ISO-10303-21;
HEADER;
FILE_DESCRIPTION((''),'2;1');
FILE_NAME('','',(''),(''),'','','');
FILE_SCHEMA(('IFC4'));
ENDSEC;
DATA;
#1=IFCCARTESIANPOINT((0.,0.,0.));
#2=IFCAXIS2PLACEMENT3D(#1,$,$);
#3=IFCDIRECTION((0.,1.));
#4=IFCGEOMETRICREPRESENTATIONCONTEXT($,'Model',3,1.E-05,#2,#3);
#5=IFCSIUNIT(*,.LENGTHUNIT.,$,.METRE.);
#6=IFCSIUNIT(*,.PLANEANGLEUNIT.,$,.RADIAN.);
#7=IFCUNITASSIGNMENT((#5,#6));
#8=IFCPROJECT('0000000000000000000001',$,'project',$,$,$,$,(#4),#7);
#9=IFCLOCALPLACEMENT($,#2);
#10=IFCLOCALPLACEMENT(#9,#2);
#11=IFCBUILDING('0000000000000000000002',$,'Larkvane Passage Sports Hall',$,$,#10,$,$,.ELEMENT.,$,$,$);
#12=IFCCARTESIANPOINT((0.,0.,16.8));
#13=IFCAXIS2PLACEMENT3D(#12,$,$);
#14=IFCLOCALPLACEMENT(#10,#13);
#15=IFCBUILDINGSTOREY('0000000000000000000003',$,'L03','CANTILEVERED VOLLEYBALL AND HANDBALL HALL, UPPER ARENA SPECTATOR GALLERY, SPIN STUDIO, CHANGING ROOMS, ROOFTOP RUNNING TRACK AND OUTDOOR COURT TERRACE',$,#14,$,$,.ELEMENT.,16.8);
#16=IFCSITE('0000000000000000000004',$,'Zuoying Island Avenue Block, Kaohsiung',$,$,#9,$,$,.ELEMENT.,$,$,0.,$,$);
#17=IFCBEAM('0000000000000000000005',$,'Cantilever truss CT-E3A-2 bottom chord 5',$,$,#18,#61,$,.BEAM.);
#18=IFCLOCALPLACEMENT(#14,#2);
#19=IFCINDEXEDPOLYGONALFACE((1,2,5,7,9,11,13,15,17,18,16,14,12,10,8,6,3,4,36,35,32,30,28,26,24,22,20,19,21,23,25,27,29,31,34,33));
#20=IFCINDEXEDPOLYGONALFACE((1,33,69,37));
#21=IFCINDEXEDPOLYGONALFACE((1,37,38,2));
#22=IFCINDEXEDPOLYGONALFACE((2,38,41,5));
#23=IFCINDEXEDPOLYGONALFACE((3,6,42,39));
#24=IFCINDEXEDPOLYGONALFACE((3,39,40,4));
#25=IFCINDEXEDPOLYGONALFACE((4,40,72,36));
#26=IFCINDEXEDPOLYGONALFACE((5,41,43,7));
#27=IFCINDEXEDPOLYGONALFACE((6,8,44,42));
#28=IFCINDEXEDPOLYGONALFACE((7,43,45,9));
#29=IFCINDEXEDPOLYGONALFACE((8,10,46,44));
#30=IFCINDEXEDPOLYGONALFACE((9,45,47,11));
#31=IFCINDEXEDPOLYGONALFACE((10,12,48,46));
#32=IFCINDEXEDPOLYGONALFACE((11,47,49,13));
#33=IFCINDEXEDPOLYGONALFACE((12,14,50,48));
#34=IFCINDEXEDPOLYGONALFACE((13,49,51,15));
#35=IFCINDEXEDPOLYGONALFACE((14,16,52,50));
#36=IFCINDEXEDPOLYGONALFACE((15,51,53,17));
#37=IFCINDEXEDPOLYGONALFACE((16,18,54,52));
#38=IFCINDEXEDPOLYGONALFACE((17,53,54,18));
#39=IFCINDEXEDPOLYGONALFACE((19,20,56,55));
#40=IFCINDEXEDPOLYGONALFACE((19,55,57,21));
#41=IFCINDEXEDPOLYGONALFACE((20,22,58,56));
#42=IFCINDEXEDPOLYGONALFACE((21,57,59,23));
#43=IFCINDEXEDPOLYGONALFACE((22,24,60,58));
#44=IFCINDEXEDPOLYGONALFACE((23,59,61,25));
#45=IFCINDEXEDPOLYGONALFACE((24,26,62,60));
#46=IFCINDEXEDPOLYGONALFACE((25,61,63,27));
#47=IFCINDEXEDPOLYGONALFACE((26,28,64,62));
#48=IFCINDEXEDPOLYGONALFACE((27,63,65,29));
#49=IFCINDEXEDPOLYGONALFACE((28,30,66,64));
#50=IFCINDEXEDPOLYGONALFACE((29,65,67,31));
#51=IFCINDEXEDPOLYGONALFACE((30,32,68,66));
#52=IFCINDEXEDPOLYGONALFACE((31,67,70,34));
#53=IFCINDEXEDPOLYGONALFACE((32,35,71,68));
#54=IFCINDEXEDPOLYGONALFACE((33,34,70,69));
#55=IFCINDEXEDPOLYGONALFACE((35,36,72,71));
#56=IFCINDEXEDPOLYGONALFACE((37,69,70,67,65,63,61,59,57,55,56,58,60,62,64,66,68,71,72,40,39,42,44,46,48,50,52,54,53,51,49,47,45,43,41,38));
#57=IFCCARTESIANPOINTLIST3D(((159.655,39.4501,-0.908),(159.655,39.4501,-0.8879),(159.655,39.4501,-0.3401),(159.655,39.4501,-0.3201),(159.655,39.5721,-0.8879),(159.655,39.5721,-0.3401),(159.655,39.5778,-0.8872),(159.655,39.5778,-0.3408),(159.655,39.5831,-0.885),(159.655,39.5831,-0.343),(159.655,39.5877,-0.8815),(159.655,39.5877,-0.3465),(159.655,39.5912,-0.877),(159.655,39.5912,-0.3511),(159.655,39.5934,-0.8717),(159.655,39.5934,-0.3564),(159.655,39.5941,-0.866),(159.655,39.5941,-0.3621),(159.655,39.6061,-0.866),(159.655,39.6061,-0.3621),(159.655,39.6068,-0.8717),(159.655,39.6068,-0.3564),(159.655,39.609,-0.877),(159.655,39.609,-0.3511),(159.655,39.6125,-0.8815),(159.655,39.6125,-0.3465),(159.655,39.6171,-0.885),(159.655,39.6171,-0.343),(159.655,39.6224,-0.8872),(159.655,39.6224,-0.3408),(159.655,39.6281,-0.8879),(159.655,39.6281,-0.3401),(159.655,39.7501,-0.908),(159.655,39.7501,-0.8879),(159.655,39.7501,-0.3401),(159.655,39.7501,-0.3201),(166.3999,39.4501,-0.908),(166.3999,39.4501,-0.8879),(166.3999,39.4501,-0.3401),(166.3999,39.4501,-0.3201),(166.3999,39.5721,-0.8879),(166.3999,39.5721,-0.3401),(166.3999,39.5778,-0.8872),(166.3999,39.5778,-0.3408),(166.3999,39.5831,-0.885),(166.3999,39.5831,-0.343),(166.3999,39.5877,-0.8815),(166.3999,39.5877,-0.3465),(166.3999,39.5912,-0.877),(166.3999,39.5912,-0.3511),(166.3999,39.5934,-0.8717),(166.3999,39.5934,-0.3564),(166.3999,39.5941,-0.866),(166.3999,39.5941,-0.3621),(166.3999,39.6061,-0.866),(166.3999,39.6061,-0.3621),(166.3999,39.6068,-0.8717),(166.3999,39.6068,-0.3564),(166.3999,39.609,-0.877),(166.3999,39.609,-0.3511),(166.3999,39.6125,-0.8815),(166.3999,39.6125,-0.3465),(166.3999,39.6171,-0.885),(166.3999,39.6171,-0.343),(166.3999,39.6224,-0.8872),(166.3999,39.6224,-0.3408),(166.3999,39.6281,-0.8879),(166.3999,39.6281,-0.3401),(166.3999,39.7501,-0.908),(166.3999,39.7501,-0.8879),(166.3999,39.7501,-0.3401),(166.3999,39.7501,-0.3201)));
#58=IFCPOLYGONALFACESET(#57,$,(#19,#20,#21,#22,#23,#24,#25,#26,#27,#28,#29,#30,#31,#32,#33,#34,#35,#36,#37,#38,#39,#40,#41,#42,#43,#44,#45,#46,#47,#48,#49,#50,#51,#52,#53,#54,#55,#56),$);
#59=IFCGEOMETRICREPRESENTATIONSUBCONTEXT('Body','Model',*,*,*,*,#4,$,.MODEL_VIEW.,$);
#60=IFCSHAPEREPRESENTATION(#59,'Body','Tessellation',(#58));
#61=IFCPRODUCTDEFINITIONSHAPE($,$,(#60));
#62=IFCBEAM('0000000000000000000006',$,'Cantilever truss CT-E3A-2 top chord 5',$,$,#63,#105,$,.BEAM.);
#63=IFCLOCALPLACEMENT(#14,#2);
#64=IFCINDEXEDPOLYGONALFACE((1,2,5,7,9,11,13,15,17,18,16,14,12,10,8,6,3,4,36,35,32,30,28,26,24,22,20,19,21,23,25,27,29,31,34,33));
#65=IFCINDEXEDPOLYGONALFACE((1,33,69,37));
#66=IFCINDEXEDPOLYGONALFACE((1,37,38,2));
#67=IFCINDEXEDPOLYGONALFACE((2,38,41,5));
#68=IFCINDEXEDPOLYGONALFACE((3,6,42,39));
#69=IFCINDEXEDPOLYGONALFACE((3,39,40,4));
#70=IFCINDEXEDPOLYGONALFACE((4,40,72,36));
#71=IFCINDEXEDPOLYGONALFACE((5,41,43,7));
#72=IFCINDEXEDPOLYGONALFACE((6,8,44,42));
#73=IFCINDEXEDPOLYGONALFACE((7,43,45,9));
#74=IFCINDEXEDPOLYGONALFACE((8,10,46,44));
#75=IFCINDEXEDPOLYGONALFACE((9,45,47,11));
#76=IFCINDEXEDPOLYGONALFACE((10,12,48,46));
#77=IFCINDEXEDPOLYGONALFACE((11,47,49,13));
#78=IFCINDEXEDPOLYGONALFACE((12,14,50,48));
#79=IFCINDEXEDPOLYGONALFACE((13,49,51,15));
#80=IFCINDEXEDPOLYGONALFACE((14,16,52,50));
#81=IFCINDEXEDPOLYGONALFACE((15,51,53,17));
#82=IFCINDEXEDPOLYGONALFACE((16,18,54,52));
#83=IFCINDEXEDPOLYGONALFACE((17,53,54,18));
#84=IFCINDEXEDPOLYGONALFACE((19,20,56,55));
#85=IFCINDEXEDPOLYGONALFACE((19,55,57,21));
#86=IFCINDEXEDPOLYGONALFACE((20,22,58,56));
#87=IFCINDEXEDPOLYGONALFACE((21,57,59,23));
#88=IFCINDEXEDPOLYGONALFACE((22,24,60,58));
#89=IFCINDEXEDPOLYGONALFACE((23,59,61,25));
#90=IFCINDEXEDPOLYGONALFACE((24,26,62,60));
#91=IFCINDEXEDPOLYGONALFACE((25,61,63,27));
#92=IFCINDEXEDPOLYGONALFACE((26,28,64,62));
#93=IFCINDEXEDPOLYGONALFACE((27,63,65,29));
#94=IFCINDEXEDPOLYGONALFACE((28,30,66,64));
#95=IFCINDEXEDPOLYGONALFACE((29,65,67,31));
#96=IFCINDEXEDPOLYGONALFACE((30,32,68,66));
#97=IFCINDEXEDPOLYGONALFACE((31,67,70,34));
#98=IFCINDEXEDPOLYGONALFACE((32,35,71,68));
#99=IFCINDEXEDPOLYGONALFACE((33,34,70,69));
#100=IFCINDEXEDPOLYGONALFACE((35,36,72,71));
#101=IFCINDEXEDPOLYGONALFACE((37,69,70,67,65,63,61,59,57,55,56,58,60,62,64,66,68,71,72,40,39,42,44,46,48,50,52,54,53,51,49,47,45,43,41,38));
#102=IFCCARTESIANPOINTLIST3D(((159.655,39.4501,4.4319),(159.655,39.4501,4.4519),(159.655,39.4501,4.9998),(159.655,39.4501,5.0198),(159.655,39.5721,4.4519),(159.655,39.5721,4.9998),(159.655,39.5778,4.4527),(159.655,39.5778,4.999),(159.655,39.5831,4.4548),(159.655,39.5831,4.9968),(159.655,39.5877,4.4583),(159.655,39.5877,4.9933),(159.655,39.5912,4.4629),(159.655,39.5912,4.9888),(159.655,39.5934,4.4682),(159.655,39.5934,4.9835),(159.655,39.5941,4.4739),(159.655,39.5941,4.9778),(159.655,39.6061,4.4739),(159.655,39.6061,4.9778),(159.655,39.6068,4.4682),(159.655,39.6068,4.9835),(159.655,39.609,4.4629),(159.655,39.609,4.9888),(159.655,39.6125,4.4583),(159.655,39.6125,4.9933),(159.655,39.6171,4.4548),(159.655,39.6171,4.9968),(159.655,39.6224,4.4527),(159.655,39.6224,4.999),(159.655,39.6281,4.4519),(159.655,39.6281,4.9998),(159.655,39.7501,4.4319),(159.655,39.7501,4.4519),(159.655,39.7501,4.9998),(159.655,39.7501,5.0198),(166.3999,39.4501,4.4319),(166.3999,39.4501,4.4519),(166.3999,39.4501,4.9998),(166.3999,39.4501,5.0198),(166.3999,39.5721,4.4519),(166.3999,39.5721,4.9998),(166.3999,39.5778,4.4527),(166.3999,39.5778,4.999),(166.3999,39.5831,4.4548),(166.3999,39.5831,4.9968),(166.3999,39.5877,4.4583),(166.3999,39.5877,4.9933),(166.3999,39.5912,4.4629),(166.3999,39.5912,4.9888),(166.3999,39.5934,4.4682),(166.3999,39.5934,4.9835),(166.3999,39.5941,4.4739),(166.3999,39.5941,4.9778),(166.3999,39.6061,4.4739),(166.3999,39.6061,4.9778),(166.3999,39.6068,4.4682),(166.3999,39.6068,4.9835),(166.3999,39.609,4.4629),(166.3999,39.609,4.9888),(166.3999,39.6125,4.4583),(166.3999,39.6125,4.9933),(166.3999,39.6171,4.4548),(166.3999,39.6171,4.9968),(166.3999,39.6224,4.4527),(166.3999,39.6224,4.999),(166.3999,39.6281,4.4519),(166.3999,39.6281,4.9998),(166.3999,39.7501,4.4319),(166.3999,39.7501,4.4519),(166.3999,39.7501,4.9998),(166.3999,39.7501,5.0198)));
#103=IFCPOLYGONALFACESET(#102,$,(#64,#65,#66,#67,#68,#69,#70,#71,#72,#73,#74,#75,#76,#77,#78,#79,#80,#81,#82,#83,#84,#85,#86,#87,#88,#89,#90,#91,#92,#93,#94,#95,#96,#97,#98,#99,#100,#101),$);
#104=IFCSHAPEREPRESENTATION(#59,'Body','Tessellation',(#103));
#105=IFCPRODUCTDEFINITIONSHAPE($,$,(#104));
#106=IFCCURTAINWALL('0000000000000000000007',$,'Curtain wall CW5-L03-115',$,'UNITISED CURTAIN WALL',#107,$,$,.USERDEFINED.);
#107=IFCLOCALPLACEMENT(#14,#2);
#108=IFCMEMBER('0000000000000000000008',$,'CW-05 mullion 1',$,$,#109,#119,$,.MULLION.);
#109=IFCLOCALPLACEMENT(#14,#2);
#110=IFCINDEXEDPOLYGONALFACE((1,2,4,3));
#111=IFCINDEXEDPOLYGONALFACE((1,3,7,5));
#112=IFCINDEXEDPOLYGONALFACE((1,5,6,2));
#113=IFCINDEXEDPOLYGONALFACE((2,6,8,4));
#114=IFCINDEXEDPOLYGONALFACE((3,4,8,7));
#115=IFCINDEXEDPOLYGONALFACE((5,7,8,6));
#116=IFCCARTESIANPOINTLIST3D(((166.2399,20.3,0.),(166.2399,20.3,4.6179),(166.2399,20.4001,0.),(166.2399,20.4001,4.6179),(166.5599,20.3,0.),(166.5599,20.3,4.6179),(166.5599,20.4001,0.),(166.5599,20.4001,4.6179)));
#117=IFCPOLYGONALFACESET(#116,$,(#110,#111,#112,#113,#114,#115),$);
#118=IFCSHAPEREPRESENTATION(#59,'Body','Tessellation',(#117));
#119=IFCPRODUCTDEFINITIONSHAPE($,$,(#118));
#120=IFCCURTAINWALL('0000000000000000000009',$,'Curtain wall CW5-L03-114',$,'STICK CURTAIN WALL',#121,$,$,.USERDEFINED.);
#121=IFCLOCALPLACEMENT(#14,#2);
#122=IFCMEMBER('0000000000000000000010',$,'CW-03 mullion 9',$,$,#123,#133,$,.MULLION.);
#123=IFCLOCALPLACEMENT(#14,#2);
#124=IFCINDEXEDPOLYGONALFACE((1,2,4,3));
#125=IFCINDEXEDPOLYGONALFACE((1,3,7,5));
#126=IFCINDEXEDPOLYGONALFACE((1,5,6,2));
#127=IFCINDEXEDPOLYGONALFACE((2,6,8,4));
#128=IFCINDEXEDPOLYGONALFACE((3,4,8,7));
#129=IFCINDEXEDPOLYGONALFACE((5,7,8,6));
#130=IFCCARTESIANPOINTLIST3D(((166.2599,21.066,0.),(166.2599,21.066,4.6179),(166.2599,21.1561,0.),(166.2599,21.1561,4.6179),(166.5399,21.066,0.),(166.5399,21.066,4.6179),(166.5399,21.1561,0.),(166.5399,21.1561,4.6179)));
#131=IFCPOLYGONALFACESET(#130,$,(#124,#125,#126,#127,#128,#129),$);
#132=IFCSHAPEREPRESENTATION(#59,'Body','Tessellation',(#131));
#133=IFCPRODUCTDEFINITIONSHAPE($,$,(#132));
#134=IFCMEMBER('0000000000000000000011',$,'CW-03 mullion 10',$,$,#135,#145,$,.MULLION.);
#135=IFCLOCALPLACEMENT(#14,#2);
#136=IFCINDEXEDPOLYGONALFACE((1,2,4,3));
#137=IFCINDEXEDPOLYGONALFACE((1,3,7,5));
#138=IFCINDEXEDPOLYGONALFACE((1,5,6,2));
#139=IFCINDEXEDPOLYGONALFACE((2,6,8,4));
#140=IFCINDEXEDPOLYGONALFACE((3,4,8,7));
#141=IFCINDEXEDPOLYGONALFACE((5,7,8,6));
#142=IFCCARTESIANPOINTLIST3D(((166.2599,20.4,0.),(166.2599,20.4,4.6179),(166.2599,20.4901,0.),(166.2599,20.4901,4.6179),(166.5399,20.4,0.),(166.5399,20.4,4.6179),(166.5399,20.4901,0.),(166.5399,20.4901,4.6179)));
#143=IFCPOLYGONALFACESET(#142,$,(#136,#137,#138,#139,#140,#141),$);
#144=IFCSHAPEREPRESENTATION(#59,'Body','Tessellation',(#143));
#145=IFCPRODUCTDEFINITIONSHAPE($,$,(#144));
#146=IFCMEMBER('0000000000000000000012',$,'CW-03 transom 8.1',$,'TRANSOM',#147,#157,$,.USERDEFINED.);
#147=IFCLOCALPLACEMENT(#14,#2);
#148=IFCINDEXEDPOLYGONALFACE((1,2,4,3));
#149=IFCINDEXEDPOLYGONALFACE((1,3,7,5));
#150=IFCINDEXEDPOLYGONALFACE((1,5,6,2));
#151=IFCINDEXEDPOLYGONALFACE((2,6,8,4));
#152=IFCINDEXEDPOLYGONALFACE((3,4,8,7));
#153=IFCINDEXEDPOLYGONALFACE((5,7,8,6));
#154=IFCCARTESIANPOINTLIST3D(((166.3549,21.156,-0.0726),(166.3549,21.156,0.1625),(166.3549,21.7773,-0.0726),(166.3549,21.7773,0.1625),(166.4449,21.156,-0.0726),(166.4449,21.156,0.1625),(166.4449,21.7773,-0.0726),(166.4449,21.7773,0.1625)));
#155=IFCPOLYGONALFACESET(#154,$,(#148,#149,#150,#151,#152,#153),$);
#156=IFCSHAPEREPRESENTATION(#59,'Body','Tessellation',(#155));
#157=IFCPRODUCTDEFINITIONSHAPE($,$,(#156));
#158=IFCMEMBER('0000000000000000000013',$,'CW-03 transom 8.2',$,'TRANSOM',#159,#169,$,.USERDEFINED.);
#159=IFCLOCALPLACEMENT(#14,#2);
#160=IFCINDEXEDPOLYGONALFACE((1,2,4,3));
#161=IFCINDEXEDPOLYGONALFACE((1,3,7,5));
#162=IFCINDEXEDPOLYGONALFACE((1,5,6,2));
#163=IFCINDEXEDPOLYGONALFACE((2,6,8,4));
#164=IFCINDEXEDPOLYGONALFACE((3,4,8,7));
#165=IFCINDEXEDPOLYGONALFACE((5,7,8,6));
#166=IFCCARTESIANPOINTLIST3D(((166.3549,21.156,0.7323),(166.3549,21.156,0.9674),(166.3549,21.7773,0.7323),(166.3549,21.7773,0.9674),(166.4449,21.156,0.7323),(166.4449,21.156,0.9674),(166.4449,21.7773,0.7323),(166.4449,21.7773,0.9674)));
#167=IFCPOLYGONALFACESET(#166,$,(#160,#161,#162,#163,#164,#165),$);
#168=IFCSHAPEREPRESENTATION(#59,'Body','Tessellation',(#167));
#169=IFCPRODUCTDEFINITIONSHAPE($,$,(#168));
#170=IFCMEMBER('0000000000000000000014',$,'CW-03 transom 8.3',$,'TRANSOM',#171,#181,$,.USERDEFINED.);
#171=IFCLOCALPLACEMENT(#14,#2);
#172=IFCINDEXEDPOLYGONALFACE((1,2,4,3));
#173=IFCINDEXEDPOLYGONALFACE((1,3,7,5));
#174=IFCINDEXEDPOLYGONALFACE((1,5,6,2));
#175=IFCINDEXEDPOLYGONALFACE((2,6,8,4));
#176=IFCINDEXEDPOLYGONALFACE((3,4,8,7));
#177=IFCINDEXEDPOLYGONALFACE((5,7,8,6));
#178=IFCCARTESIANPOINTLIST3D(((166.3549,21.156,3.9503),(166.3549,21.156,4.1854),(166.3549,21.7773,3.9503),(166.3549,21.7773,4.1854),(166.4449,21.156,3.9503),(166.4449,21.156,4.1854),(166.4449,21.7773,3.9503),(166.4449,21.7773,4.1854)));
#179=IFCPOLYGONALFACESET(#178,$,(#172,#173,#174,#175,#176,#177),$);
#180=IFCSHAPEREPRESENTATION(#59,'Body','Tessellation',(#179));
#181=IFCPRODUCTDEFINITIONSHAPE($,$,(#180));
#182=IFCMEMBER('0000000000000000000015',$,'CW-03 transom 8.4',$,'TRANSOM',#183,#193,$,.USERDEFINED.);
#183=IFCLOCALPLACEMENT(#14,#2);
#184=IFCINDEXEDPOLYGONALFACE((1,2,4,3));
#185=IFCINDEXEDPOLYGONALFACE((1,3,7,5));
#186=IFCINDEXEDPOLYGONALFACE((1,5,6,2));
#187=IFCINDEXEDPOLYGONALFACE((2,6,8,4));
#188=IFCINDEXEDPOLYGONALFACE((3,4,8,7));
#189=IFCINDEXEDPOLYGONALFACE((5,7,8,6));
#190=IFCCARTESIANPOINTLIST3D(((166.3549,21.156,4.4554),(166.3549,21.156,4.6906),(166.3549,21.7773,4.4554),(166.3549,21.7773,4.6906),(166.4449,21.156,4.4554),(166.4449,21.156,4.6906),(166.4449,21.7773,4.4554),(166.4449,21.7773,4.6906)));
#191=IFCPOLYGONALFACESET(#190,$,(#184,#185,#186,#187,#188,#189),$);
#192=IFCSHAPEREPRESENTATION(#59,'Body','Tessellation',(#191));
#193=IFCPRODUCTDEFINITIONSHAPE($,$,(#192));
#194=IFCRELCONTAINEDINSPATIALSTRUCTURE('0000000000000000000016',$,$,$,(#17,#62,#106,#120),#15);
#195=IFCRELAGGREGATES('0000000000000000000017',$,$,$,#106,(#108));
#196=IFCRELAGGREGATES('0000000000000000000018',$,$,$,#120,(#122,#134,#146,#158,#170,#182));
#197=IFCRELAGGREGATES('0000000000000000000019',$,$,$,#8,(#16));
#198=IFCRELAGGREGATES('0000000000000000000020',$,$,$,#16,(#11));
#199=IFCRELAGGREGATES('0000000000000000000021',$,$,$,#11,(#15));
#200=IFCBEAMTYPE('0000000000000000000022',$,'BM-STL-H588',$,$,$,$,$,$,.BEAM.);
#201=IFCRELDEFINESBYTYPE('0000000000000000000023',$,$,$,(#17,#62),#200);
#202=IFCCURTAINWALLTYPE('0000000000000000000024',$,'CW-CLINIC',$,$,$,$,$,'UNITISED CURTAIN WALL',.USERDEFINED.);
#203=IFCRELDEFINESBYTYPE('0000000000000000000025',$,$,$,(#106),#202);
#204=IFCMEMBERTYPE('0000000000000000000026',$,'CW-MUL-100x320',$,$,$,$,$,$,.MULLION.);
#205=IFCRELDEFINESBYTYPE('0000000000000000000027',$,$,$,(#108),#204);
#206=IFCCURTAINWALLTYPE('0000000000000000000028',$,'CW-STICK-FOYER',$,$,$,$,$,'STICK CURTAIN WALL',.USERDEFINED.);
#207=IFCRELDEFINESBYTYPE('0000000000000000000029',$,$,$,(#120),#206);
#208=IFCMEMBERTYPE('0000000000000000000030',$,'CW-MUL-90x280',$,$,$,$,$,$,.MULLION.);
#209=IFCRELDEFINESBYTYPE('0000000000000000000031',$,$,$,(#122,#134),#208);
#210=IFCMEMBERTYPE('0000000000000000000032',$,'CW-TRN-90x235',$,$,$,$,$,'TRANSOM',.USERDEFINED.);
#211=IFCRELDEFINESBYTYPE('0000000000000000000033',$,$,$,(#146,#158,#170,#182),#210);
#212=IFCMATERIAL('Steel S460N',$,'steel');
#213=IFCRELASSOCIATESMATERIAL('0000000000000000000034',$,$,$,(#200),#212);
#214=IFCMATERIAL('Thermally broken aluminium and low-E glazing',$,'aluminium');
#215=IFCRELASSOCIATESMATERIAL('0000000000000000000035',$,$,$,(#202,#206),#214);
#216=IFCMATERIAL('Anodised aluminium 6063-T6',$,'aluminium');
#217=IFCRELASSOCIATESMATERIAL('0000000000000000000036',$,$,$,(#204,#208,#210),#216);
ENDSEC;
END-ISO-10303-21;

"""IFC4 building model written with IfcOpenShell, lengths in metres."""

from ifc_helpers import new_model, si_unit, direction, frame, origin, origin_2d, place, context, subcontext, project, spatial, rectangle, i_section, extrude, material, material_profile, profile_set, type_object, element, aggregate, save


model = new_model("IFC4")

# Units and contexts
model_context = context("Model", 3, precision=1e-05, world=origin(), true_north=direction((0.0, 1.0)))
body_context = subcontext(model_context, "Body", "Model", "MODEL_VIEW")
ifc_project = project(units=[si_unit("LENGTHUNIT", "METRE"), si_unit("PLANEANGLEUNIT", "RADIAN")], contexts=[model_context])

# Site, building, storey
site_placement = place(None, origin())
site = spatial("IfcSite", under=ifc_project, at=site_placement, Name="Zuoying Island Avenue Block, Kaohsiung", CompositionType="ELEMENT", RefElevation=0.0)
building_placement = place(site_placement, origin())
building = spatial("IfcBuilding", under=site, at=building_placement, Name="Larkvane Passage Sports Hall", CompositionType="ELEMENT")
storey_placement = place(building_placement, frame((0.0, 0.0, 16.8)))
storey = spatial("IfcBuildingStorey", under=building, at=storey_placement, Name="L03", Description="CANTILEVERED VOLLEYBALL AND HANDBALL HALL, UPPER ARENA SPECTATOR GALLERY, SPIN STUDIO, CHANGING ROOMS, ROOFTOP RUNNING TRACK AND OUTDOOR COURT TERRACE", CompositionType="ELEMENT", Elevation=16.8)

# Beams
ifc_material_1 = material(Name="Steel S460N", Category="steel")
ifc_material_profile_1 = material_profile(ifc_material_1, i_section(OverallWidth=0.3, OverallDepth=0.5879, WebThickness=0.012, FlangeThickness=0.02, FilletRadius=0.022, at=origin_2d()), Name="H-588x300x12x20")
ifc_profile_set_1 = profile_set([ifc_material_profile_1], Name="Steel S460N")
beam_type_1 = type_object("IfcBeamType", Name="BM-STL-H588", PredefinedType="BEAM", material=ifc_profile_set_1)
for number, where, z_axis, x_axis, name in (
    (1, (159.655, 39.6001, -0.614), (1.0, 0.0, 0.0), (0.0, 1.0, 0.0), "Cantilever truss CT-E3A-2 bottom chord 5"),
    (2, (159.655, 39.6001, 4.7258), (1.0, 0.0, 0.0), (0.0, 1.0, 0.0), "Cantilever truss CT-E3A-2 top chord 5"),
):
    element("IfcBeam", number, at=place(storey_placement, frame(where, z_axis=z_axis, x_axis=x_axis)), inside=storey, type_object=beam_type_1, Name=name, PredefinedType="BEAM", context=body_context, shape_type="SweptSolid", body=[
        extrude(i_section(OverallWidth=0.3, OverallDepth=0.5879, WebThickness=0.012, FlangeThickness=0.02, FilletRadius=0.022, at=origin_2d()), origin(), (0.0, 0.0, 1.0), 6.7449),
    ])

# Curtain wall, member
ifc_material_2 = material(Name="Thermally broken aluminium and low-E glazing", Category="aluminium")
curtain_wall_type_1 = type_object("IfcCurtainWallType", Name="CW-CLINIC", ElementType="UNITISED CURTAIN WALL", PredefinedType="USERDEFINED", material=ifc_material_2)
curtain_wall_1_placement = place(storey_placement, origin())
curtain_wall_1 = element("IfcCurtainWall", 3, at=curtain_wall_1_placement, inside=storey, type_object=curtain_wall_type_1, Name="Curtain wall CW5-L03-115", ObjectType="UNITISED CURTAIN WALL", PredefinedType="USERDEFINED")
ifc_material_3 = material(Name="Anodised aluminium 6063-T6", Category="aluminium")
ifc_material_profile_2 = material_profile(ifc_material_3, rectangle(XDim=0.1001, YDim=0.3201, at=origin_2d()), Name="ALU-MUL-100x320")
ifc_profile_set_2 = profile_set([ifc_material_profile_2], Name="Anodised aluminium 6063-T6")
member_type_1 = type_object("IfcMemberType", Name="CW-MUL-100x320", PredefinedType="MULLION", material=ifc_profile_set_2)
member_1_placement = place(storey_placement, frame((166.3999, 20.3501, 0.0), z_axis=(0.0, 0.0, 1.0), x_axis=(0.0, -1.0, 0.0)))
member_1 = element("IfcMember", 4, at=member_1_placement, type_object=member_type_1, Name="CW-05 mullion 1", PredefinedType="MULLION", context=body_context, shape_type="SweptSolid", body=[
    extrude(rectangle(XDim=0.1001, YDim=0.3201, at=origin_2d()), origin(), (0.0, 0.0, 1.0), 4.6179),
])
aggregate(curtain_wall_1, [member_1])

# Curtain wall, members
curtain_wall_type_2 = type_object("IfcCurtainWallType", Name="CW-STICK-FOYER", ElementType="STICK CURTAIN WALL", PredefinedType="USERDEFINED", material=ifc_material_2)
curtain_wall_2_placement = place(storey_placement, origin())
curtain_wall_2 = element("IfcCurtainWall", 5, at=curtain_wall_2_placement, inside=storey, type_object=curtain_wall_type_2, Name="Curtain wall CW5-L03-114", ObjectType="STICK CURTAIN WALL", PredefinedType="USERDEFINED")
ifc_material_profile_3 = material_profile(ifc_material_3, rectangle(XDim=0.0901, YDim=0.28, at=origin_2d()), Name="ALU-MUL-90x280")
ifc_profile_set_3 = profile_set([ifc_material_profile_3], Name="Anodised aluminium 6063-T6")
member_type_2 = type_object("IfcMemberType", Name="CW-MUL-90x280", PredefinedType="MULLION", material=ifc_profile_set_3)
member_2_placement = place(storey_placement, frame((166.3999, 21.1111, 0.0), z_axis=(0.0, 0.0, 1.0), x_axis=(0.0, -1.0, 0.0)))
member_2 = element("IfcMember", 6, at=member_2_placement, type_object=member_type_2, Name="CW-03 mullion 9", PredefinedType="MULLION", context=body_context, shape_type="SweptSolid", body=[
    extrude(rectangle(XDim=0.0901, YDim=0.28, at=origin_2d()), origin(), (0.0, 0.0, 1.0), 4.6179),
])
member_3_placement = place(storey_placement, frame((166.3999, 20.4451, 0.0), z_axis=(0.0, 0.0, 1.0), x_axis=(0.0, -1.0, 0.0)))
member_3 = element("IfcMember", 7, at=member_3_placement, type_object=member_type_2, Name="CW-03 mullion 10", PredefinedType="MULLION", context=body_context, shape_type="SweptSolid", body=[
    extrude(rectangle(XDim=0.0901, YDim=0.28, at=origin_2d()), origin(), (0.0, 0.0, 1.0), 4.6179),
])
ifc_material_profile_4 = material_profile(ifc_material_3, rectangle(XDim=0.0901, YDim=0.2351, at=origin_2d()), Name="ALU-TRN-90x235")
ifc_profile_set_4 = profile_set([ifc_material_profile_4], Name="Anodised aluminium 6063-T6")
member_type_3 = type_object("IfcMemberType", Name="CW-TRN-90x235", ElementType="TRANSOM", PredefinedType="USERDEFINED", material=ifc_profile_set_4)
member_4_placement = place(storey_placement, frame((166.3999, 21.7773, 0.0449), z_axis=(0.0, -1.0, 0.0), x_axis=(1.0, 0.0, 0.0)))
member_4 = element("IfcMember", 8, at=member_4_placement, type_object=member_type_3, Name="CW-03 transom 8.1", ObjectType="TRANSOM", PredefinedType="USERDEFINED", context=body_context, shape_type="SweptSolid", body=[
    extrude(rectangle(XDim=0.0901, YDim=0.2351, at=origin_2d()), origin(), (0.0, 0.0, 1.0), 0.6213),
])
member_5_placement = place(storey_placement, frame((166.3999, 21.7773, 0.8499), z_axis=(0.0, -1.0, 0.0), x_axis=(1.0, 0.0, 0.0)))
member_5 = element("IfcMember", 9, at=member_5_placement, type_object=member_type_3, Name="CW-03 transom 8.2", ObjectType="TRANSOM", PredefinedType="USERDEFINED", context=body_context, shape_type="SweptSolid", body=[
    extrude(rectangle(XDim=0.0901, YDim=0.2351, at=origin_2d()), origin(), (0.0, 0.0, 1.0), 0.6213),
])
member_6_placement = place(storey_placement, frame((166.3999, 21.7773, 4.0679), z_axis=(0.0, -1.0, 0.0), x_axis=(1.0, 0.0, 0.0)))
member_6 = element("IfcMember", 10, at=member_6_placement, type_object=member_type_3, Name="CW-03 transom 8.3", ObjectType="TRANSOM", PredefinedType="USERDEFINED", context=body_context, shape_type="SweptSolid", body=[
    extrude(rectangle(XDim=0.0901, YDim=0.2351, at=origin_2d()), origin(), (0.0, 0.0, 1.0), 0.6213),
])
member_7_placement = place(storey_placement, frame((166.3999, 21.7773, 4.573), z_axis=(0.0, -1.0, 0.0), x_axis=(1.0, 0.0, 0.0)))
member_7 = element("IfcMember", 11, at=member_7_placement, type_object=member_type_3, Name="CW-03 transom 8.4", ObjectType="TRANSOM", PredefinedType="USERDEFINED", context=body_context, shape_type="SweptSolid", body=[
    extrude(rectangle(XDim=0.0901, YDim=0.2351, at=origin_2d()), origin(), (0.0, 0.0, 1.0), 0.6213),
])

aggregate(curtain_wall_2, [member_2, member_3, member_4, member_5, member_6, member_7])

save(model, "model.ifc")
